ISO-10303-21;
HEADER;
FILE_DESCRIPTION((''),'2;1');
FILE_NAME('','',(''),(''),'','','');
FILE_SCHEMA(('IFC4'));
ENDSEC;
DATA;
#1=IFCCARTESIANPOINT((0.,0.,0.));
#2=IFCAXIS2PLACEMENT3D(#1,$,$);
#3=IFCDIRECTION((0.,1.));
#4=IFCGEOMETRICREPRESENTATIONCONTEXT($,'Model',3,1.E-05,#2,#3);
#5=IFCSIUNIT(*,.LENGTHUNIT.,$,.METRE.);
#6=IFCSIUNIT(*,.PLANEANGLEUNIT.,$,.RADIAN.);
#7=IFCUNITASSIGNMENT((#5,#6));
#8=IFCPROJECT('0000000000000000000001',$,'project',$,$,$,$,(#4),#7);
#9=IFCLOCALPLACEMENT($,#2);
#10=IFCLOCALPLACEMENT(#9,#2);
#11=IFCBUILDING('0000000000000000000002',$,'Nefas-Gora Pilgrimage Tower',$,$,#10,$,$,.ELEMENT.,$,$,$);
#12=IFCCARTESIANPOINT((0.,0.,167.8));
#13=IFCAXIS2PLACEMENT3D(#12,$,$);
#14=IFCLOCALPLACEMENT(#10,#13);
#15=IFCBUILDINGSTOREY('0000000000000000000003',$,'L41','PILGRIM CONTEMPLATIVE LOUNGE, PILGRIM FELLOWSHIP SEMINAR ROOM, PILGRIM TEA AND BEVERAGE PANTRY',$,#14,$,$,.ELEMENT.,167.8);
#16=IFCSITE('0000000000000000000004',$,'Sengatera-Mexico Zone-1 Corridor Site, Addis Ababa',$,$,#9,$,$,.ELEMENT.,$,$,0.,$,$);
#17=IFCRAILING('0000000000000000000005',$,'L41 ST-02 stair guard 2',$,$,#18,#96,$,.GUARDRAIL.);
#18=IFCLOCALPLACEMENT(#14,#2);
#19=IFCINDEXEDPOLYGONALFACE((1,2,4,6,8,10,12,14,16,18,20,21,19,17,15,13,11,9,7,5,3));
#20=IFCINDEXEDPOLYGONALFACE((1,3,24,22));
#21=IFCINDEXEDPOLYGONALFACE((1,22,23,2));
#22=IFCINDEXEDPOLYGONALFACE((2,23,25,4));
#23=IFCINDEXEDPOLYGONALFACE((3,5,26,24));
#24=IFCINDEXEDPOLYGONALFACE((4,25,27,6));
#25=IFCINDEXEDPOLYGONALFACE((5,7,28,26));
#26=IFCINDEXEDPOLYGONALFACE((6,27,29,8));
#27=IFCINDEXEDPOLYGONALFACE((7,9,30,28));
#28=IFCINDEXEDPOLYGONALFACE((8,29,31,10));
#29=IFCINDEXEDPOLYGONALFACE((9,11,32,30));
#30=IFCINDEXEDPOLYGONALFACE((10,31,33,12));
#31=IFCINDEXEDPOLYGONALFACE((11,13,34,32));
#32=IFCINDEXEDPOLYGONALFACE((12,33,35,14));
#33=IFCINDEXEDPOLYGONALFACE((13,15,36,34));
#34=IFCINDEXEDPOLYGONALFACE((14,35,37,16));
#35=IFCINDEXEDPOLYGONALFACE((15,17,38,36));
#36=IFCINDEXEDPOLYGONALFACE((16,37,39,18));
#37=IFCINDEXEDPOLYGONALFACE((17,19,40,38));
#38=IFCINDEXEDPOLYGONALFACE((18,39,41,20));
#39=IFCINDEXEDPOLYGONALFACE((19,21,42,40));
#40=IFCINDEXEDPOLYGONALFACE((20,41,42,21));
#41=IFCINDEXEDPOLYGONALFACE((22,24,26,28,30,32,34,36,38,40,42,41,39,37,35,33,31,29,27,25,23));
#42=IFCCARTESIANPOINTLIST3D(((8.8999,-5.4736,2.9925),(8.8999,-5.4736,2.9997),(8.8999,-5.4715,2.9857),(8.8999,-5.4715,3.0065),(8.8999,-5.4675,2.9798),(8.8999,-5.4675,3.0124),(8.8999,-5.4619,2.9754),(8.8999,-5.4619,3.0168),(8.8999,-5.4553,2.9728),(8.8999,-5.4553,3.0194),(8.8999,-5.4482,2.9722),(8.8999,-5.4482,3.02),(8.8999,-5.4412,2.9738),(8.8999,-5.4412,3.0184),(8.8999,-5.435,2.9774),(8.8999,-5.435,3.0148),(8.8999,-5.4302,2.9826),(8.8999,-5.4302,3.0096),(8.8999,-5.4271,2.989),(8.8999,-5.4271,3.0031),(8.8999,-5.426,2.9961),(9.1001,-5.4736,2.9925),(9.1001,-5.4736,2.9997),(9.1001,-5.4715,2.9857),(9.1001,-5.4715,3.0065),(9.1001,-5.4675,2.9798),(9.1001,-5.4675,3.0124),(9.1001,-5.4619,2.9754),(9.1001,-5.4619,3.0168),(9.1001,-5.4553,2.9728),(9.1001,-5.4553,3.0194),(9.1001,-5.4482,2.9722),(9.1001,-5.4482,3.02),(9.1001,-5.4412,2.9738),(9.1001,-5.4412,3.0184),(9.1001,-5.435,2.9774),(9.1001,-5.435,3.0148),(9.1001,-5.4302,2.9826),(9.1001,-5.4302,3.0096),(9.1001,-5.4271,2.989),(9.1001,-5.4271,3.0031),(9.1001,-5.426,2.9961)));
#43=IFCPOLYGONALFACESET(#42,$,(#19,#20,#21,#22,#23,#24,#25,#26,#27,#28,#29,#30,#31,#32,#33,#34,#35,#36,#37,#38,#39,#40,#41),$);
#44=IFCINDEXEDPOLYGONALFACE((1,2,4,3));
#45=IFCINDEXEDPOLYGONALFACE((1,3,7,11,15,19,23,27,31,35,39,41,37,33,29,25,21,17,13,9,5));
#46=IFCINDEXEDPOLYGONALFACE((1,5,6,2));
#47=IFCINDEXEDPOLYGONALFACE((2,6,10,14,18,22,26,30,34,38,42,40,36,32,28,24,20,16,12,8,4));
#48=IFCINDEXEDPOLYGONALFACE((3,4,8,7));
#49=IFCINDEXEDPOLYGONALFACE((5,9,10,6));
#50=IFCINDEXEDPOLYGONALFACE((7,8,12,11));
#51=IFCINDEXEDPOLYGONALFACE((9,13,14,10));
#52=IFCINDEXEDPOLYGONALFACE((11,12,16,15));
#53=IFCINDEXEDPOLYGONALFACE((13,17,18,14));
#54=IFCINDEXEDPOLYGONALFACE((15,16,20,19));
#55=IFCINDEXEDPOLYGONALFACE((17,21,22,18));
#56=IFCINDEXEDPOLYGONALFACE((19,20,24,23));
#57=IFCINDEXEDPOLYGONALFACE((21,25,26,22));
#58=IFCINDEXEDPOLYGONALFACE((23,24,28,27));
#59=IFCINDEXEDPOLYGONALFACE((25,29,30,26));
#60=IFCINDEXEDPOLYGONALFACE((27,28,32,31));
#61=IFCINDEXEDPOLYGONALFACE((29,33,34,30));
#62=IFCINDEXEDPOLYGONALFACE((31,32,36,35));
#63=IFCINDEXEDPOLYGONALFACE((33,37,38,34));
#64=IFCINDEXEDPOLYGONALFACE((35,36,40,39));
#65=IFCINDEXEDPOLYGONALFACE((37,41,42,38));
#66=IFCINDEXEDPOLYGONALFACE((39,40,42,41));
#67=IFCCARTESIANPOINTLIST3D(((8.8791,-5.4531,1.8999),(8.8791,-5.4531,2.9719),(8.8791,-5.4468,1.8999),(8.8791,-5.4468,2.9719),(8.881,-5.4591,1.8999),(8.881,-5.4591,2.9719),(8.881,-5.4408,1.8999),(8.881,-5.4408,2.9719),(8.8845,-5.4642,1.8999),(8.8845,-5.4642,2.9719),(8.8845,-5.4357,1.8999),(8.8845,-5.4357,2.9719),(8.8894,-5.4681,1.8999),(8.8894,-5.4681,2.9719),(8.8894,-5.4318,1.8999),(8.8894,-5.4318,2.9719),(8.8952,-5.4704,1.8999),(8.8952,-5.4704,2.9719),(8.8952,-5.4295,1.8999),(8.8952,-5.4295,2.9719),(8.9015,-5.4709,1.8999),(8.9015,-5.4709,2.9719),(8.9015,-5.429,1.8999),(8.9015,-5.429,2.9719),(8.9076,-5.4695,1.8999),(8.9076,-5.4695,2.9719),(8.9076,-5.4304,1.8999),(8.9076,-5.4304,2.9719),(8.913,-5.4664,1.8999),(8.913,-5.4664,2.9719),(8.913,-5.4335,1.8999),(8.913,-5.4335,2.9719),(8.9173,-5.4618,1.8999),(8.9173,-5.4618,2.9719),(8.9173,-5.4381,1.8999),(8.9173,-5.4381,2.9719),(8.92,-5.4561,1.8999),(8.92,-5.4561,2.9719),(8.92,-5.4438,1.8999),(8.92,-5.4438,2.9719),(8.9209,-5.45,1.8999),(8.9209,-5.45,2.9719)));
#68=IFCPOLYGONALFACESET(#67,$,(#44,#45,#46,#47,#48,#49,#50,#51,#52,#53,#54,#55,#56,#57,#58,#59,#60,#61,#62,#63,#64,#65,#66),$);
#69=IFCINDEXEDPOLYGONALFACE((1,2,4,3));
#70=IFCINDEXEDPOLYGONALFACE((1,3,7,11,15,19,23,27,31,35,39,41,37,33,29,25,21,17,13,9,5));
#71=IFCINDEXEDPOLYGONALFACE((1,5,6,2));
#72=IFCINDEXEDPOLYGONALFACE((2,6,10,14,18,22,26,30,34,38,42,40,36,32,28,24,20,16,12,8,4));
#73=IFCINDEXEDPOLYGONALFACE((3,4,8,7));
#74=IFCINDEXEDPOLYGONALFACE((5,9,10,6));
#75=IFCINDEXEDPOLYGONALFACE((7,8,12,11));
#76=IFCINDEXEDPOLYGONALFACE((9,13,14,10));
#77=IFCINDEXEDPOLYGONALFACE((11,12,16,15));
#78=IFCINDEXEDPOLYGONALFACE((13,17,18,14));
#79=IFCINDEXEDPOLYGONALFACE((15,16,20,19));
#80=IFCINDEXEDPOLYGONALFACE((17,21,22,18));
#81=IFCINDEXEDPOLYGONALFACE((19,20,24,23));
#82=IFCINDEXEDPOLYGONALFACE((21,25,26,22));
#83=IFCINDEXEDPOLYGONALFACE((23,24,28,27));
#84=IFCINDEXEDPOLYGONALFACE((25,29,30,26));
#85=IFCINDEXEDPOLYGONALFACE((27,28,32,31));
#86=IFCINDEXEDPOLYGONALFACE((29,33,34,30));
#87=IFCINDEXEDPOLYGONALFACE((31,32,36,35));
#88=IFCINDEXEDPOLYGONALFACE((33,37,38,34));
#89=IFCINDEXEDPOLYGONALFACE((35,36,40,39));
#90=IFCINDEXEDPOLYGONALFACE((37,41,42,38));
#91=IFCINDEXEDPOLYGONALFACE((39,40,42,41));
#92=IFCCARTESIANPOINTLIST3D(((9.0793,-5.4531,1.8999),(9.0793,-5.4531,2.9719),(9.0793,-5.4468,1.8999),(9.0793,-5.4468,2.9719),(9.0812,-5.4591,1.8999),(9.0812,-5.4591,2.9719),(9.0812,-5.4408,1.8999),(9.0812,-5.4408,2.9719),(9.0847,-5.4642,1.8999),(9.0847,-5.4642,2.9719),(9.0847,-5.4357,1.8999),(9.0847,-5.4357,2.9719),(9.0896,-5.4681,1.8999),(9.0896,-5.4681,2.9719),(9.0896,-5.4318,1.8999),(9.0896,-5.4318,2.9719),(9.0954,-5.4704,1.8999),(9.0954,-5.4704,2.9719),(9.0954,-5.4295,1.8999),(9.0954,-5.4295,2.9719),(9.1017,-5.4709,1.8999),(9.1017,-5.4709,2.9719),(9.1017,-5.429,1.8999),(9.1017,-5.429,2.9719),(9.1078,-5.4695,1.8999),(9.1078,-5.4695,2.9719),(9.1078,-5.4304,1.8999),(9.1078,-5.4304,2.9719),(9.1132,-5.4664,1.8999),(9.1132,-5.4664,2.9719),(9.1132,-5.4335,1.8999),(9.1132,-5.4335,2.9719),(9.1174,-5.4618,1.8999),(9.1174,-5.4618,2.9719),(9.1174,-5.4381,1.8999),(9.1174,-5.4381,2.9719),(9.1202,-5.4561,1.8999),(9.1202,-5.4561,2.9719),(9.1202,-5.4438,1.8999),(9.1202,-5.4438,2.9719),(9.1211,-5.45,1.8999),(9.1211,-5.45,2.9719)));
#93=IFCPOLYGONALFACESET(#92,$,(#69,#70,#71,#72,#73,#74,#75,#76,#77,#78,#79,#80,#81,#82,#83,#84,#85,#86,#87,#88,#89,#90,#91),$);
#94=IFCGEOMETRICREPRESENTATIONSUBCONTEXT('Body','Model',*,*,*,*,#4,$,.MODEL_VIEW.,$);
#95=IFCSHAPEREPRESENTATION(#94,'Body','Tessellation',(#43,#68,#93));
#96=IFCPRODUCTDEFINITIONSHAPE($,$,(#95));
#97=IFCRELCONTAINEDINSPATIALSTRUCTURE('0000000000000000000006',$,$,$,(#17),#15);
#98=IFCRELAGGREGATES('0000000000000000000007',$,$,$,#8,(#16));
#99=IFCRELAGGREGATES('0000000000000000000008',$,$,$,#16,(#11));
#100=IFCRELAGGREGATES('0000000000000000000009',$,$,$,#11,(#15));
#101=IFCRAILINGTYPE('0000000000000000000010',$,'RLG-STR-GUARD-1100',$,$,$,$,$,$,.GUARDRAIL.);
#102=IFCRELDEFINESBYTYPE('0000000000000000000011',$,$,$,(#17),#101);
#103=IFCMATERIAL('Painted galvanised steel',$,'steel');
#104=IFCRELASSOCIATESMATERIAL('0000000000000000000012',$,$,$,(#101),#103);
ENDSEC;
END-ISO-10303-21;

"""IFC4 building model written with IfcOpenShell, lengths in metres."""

from ifc_helpers import new_model, si_unit, direction, frame, origin, origin_2d, place, context, subcontext, project, spatial, circle, extrude, material, type_object, element, save


model = new_model("IFC4")

# Units and contexts
model_context = context("Model", 3, precision=1e-05, world=origin(), true_north=direction((0.0, 1.0)))
body_context = subcontext(model_context, "Body", "Model", "MODEL_VIEW")
ifc_project = project(units=[si_unit("LENGTHUNIT", "METRE"), si_unit("PLANEANGLEUNIT", "RADIAN")], contexts=[model_context])

# Site, building, storey
site_placement = place(None, origin())
site = spatial("IfcSite", under=ifc_project, at=site_placement, Name="Sengatera-Mexico Zone-1 Corridor Site, Addis Ababa", CompositionType="ELEMENT", RefElevation=0.0)
building_placement = place(site_placement, origin())
building = spatial("IfcBuilding", under=site, at=building_placement, Name="Nefas-Gora Pilgrimage Tower", CompositionType="ELEMENT")
storey_placement = place(building_placement, frame((0.0, 0.0, 167.8)))
storey = spatial("IfcBuildingStorey", under=building, at=storey_placement, Name="L41", Description="PILGRIM CONTEMPLATIVE LOUNGE, PILGRIM FELLOWSHIP SEMINAR ROOM, PILGRIM TEA AND BEVERAGE PANTRY", CompositionType="ELEMENT", Elevation=167.8)

# Railing
ifc_material_1 = material(Name="Painted galvanised steel", Category="steel")
railing_type_1 = type_object("IfcRailingType", Name="RLG-STR-GUARD-1100", PredefinedType="GUARDRAIL", material=ifc_material_1)
railing_1_placement = place(storey_placement, frame((8.8999, -5.45, 1.8999)))
element("IfcRailing", 1, at=railing_1_placement, inside=storey, type_object=railing_type_1, Name="L41 ST-02 stair guard 2", PredefinedType="GUARDRAIL", context=body_context, shape_type="SweptSolid", body=[
    extrude(circle(Radius=0.0239, at=origin_2d()), frame((0.0, 0.0, 1.0962), z_axis=(1.0, 0.0, 0.0), x_axis=(0.0, 1.0, 0.0)), (0.0, 0.0, 1.0), 0.2002),
    extrude(circle(Radius=0.021, at=origin_2d()), origin(), (0.0, 0.0, 1.0), 1.072),
    extrude(circle(Radius=0.021, at=origin_2d()), frame((0.2002, 0.0, 0.0)), (0.0, 0.0, 1.0), 1.072),
])

save(model, "model.ifc")
